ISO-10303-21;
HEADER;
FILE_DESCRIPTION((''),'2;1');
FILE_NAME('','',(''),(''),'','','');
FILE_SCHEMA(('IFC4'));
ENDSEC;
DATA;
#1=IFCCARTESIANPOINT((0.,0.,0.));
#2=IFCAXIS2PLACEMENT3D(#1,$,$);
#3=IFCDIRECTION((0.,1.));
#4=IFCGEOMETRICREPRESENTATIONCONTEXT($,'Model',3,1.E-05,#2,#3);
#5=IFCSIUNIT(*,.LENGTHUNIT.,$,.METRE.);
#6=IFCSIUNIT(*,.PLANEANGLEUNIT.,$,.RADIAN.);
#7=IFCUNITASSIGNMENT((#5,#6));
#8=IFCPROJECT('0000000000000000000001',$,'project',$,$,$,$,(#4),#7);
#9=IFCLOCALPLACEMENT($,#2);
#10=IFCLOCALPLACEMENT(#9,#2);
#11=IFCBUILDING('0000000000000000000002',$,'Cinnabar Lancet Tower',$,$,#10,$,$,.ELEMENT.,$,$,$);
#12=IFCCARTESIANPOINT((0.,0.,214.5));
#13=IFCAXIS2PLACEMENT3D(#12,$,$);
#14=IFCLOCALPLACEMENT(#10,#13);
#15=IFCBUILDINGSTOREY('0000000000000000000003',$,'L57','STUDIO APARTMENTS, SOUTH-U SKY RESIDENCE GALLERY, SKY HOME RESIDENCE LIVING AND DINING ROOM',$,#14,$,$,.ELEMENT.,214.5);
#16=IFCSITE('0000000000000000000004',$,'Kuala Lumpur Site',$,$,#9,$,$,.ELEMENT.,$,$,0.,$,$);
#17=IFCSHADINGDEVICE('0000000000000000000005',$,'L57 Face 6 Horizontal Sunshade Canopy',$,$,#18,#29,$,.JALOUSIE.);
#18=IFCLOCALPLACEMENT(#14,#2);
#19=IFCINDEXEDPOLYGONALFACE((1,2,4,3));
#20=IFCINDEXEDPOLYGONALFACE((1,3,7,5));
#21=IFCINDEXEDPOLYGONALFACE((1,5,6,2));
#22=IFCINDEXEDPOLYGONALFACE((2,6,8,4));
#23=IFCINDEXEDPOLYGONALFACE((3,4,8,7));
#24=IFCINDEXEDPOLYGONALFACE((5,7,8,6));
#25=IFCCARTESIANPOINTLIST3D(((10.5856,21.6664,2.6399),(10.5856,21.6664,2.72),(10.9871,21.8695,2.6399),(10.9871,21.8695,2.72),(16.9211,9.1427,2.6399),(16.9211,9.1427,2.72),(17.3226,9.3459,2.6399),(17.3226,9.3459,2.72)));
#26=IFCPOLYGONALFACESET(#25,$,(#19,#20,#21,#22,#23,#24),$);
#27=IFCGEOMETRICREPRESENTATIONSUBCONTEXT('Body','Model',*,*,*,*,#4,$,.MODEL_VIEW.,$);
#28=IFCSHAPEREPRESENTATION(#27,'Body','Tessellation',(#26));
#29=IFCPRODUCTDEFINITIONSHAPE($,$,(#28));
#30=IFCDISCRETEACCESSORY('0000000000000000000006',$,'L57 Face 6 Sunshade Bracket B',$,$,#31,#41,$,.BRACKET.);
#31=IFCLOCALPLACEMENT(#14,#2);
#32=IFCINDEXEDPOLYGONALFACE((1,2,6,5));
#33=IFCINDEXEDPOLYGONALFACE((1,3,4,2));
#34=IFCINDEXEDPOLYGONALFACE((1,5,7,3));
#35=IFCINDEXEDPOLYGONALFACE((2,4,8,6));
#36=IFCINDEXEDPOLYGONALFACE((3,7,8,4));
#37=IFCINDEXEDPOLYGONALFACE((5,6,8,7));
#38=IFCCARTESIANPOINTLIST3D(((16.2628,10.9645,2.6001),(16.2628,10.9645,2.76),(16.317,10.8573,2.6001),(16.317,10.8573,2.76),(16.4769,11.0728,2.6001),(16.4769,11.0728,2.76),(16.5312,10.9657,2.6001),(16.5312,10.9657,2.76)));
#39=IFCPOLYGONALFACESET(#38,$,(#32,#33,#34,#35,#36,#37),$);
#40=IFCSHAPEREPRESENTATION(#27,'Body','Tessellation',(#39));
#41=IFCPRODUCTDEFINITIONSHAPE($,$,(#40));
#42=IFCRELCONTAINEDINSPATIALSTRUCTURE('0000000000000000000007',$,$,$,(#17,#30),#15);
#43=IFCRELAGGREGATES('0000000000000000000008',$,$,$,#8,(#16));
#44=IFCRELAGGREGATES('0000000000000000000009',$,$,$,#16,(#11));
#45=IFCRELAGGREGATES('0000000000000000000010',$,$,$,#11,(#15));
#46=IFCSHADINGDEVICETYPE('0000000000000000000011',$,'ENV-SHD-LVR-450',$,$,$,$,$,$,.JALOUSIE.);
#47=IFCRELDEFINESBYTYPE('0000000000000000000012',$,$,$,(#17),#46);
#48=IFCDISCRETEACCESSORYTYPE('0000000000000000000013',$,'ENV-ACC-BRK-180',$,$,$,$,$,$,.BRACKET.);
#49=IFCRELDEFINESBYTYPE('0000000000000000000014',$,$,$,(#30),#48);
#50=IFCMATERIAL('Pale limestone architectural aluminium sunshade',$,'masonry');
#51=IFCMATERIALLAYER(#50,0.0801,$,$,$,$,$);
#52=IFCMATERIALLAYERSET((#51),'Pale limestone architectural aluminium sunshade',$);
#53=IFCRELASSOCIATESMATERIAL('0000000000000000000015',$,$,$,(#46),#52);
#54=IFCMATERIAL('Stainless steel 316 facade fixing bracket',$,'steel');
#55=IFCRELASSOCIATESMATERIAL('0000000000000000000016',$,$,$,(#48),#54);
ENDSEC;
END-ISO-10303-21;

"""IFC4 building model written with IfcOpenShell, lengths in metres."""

from ifc_helpers import new_model, si_unit, direction, frame, origin, origin_2d, place, context, subcontext, project, spatial, rectangle, extrude, material, layer, layer_set, type_object, element, save


model = new_model("IFC4")

# Units and contexts
model_context = context("Model", 3, precision=1e-05, world=origin(), true_north=direction((0.0, 1.0)))
body_context = subcontext(model_context, "Body", "Model", "MODEL_VIEW")
ifc_project = project(units=[si_unit("LENGTHUNIT", "METRE"), si_unit("PLANEANGLEUNIT", "RADIAN")], contexts=[model_context])

# Site, building, storey
site_placement = place(None, origin())
site = spatial("IfcSite", under=ifc_project, at=site_placement, Name="Kuala Lumpur Site", CompositionType="ELEMENT", RefElevation=0.0)
building_placement = place(site_placement, origin())
building = spatial("IfcBuilding", under=site, at=building_placement, Name="Cinnabar Lancet Tower", CompositionType="ELEMENT")
storey_placement = place(building_placement, frame((0.0, 0.0, 214.5)))
storey = spatial("IfcBuildingStorey", under=building, at=storey_placement, Name="L57", Description="STUDIO APARTMENTS, SOUTH-U SKY RESIDENCE GALLERY, SKY HOME RESIDENCE LIVING AND DINING ROOM", CompositionType="ELEMENT", Elevation=214.5)

# Shading device
ifc_material_1 = material(Name="Pale limestone architectural aluminium sunshade", Category="masonry")
ifc_layer_1 = layer(ifc_material_1, 0.0801)
ifc_layer_set_1 = layer_set([ifc_layer_1], Name="Pale limestone architectural aluminium sunshade")
shading_device_type = type_object("IfcShadingDeviceType", Name="ENV-SHD-LVR-450", PredefinedType="JALOUSIE", material=ifc_layer_set_1)
shading_device_placement = place(storey_placement, frame((13.9541, 15.5061, 2.6399), z_axis=(0.0, 0.0, 1.0), x_axis=(0.451407, -0.892318, 0.0)))
element("IfcShadingDevice", 1, at=shading_device_placement, inside=storey, type_object=shading_device_type, Name="L57 Face 6 Horizontal Sunshade Canopy", PredefinedType="JALOUSIE", context=body_context, shape_type="SweptSolid", body=[
    extrude(rectangle(XDim=14.0349, YDim=0.45, at=origin_2d()), origin(), (0.0, 0.0, 1.0), 0.0801),
])

# Discrete accessory
ifc_material_2 = material(Name="Stainless steel 316 facade fixing bracket", Category="steel")
discrete_accessory_type = type_object("IfcDiscreteAccessoryType", Name="ENV-ACC-BRK-180", PredefinedType="BRACKET", material=ifc_material_2)
discrete_accessory_placement = place(storey_placement, frame((16.397, 10.9651, 2.6001), z_axis=(0.0, 0.0, 1.0), x_axis=(0.451407, -0.892318, 0.0)))
element("IfcDiscreteAccessory", 2, at=discrete_accessory_placement, inside=storey, type_object=discrete_accessory_type, Name="L57 Face 6 Sunshade Bracket B", PredefinedType="BRACKET", context=body_context, shape_type="SweptSolid", body=[
    extrude(rectangle(XDim=0.1201, YDim=0.24, at=origin_2d()), origin(), (0.0, 0.0, 1.0), 0.1599),
])

save(model, "model.ifc")
